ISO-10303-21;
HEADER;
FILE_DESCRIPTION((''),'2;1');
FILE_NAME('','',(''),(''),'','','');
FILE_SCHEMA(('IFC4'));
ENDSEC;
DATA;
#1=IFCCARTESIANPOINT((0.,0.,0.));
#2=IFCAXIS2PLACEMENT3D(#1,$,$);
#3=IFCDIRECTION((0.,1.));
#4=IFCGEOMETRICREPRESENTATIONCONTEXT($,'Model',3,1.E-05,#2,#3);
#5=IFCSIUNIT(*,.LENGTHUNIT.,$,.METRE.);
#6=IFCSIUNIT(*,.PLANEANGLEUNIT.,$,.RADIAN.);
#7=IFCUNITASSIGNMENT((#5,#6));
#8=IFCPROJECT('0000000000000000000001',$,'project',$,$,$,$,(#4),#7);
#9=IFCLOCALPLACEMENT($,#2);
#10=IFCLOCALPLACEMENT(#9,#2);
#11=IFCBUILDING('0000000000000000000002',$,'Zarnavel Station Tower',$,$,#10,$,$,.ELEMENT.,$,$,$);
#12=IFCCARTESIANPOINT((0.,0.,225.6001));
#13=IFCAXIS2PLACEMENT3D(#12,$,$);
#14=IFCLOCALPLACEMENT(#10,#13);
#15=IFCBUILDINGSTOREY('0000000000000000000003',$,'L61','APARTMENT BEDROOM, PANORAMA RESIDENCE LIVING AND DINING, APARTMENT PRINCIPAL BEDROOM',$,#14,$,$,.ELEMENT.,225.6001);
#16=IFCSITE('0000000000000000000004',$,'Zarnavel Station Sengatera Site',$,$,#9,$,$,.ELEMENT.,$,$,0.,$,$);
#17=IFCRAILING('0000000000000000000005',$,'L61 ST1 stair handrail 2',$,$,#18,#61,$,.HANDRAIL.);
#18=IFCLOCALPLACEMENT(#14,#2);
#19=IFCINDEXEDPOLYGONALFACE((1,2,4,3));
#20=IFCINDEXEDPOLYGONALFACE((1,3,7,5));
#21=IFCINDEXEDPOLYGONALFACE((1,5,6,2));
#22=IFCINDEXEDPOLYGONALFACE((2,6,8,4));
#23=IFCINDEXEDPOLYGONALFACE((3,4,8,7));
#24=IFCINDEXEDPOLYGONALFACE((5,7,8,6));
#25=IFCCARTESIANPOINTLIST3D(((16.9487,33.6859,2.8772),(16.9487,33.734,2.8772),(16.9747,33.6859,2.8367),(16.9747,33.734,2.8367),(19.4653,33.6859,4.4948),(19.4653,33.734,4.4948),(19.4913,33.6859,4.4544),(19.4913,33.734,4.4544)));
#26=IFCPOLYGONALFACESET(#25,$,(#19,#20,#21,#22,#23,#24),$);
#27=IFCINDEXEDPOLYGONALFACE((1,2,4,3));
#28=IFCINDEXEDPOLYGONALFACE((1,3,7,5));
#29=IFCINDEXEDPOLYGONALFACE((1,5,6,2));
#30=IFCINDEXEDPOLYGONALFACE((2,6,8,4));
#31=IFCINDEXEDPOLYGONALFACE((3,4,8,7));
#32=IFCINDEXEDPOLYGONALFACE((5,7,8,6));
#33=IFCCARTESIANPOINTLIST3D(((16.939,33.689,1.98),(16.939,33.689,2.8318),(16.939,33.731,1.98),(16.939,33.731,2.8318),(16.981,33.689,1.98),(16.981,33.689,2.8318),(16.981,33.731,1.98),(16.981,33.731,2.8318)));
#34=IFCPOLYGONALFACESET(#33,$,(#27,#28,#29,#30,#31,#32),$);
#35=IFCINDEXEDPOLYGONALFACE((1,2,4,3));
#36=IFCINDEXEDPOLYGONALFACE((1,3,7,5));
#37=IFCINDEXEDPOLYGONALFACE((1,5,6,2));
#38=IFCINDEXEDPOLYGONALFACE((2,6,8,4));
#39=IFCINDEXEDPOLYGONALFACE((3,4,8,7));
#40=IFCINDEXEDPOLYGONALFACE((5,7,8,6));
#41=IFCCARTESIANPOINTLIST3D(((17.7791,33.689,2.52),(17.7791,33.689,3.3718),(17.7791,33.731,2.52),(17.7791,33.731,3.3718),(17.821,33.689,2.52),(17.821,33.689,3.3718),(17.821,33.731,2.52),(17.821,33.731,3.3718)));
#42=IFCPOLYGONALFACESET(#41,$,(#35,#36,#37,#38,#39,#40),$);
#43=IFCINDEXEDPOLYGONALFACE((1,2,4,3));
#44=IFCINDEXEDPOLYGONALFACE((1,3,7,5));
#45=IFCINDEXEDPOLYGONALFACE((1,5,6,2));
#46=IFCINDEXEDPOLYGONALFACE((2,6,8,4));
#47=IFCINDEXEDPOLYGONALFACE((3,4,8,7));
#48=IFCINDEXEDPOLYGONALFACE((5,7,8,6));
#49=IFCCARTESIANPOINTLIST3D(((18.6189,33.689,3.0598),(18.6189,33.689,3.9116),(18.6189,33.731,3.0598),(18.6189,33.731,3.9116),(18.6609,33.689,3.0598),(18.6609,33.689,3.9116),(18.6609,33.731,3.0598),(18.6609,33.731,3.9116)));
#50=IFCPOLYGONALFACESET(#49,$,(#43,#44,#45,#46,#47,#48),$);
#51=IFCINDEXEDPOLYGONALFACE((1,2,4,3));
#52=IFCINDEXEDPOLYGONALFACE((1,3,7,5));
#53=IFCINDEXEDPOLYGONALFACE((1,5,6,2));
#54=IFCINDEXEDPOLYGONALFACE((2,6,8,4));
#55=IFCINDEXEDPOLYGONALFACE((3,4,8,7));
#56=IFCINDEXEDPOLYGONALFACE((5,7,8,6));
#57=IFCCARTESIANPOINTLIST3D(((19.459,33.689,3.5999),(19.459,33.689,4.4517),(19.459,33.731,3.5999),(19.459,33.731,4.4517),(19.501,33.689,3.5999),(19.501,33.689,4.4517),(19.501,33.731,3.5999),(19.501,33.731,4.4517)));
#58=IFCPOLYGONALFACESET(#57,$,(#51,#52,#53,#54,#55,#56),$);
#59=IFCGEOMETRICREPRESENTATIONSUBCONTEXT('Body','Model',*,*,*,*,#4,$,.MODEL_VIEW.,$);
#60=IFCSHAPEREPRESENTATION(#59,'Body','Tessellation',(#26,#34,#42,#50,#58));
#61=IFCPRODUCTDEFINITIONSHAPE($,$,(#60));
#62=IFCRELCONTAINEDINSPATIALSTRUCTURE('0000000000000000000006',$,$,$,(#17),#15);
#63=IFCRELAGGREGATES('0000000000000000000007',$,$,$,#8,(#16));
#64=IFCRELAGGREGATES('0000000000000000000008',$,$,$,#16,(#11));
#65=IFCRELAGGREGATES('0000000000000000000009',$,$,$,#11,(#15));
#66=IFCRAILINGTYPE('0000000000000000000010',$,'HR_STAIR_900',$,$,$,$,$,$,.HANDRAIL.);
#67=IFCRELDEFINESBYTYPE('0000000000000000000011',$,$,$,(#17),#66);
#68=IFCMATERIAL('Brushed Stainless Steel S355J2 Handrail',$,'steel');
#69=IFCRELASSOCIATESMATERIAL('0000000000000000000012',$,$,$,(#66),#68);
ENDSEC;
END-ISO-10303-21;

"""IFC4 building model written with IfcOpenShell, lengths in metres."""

from ifc_helpers import new_model, si_unit, direction, frame, origin, origin_2d, place, context, subcontext, project, spatial, rectangle, extrude, material, type_object, element, save


model = new_model("IFC4")

# Units and contexts
model_context = context("Model", 3, precision=1e-05, world=origin(), true_north=direction((0.0, 1.0)))
body_context = subcontext(model_context, "Body", "Model", "MODEL_VIEW")
ifc_project = project(units=[si_unit("LENGTHUNIT", "METRE"), si_unit("PLANEANGLEUNIT", "RADIAN")], contexts=[model_context])

# Site, building, storey
site_placement = place(None, origin())
site = spatial("IfcSite", under=ifc_project, at=site_placement, Name="Zarnavel Station Sengatera Site", CompositionType="ELEMENT", RefElevation=0.0)
building_placement = place(site_placement, origin())
building = spatial("IfcBuilding", under=site, at=building_placement, Name="Zarnavel Station Tower", CompositionType="ELEMENT")
storey_placement = place(building_placement, frame((0.0, 0.0, 225.6001)))
storey = spatial("IfcBuildingStorey", under=building, at=storey_placement, Name="L61", Description="APARTMENT BEDROOM, PANORAMA RESIDENCE LIVING AND DINING, APARTMENT PRINCIPAL BEDROOM", CompositionType="ELEMENT", Elevation=225.6001)

# Railing
ifc_material_1 = material(Name="Brushed Stainless Steel S355J2 Handrail", Category="steel")
railing_type_1 = type_object("IfcRailingType", Name="HR_STAIR_900", PredefinedType="HANDRAIL", material=ifc_material_1)
railing_1_placement = place(storey_placement, frame((16.96, 33.71, 1.98)))
element("IfcRailing", 1, at=railing_1_placement, inside=storey, type_object=railing_type_1, Name="L61 ST1 stair handrail 2", PredefinedType="HANDRAIL", context=body_context, shape_type="SweptSolid", body=[
    extrude(rectangle(XDim=0.0481, YDim=0.0481, at=origin_2d()), frame((0.0017, 0.0, 0.877), z_axis=(0.8412, 0.0, 0.540725), x_axis=(0.0, 1.0, 0.0)), (0.0, 0.0, 1.0), 2.9917),
    extrude(rectangle(XDim=0.042, YDim=0.042, at=origin_2d()), origin(), (0.0, 0.0, 1.0), 0.8518),
    extrude(rectangle(XDim=0.042, YDim=0.042, at=origin_2d()), frame((0.8401, 0.0, 0.54)), (0.0, 0.0, 1.0), 0.8518),
    extrude(rectangle(XDim=0.042, YDim=0.042, at=origin_2d()), frame((1.6799, 0.0, 1.0798)), (0.0, 0.0, 1.0), 0.8518),
    extrude(rectangle(XDim=0.042, YDim=0.042, at=origin_2d()), frame((2.52, 0.0, 1.6199)), (0.0, 0.0, 1.0), 0.8518),
])

save(model, "model.ifc")
